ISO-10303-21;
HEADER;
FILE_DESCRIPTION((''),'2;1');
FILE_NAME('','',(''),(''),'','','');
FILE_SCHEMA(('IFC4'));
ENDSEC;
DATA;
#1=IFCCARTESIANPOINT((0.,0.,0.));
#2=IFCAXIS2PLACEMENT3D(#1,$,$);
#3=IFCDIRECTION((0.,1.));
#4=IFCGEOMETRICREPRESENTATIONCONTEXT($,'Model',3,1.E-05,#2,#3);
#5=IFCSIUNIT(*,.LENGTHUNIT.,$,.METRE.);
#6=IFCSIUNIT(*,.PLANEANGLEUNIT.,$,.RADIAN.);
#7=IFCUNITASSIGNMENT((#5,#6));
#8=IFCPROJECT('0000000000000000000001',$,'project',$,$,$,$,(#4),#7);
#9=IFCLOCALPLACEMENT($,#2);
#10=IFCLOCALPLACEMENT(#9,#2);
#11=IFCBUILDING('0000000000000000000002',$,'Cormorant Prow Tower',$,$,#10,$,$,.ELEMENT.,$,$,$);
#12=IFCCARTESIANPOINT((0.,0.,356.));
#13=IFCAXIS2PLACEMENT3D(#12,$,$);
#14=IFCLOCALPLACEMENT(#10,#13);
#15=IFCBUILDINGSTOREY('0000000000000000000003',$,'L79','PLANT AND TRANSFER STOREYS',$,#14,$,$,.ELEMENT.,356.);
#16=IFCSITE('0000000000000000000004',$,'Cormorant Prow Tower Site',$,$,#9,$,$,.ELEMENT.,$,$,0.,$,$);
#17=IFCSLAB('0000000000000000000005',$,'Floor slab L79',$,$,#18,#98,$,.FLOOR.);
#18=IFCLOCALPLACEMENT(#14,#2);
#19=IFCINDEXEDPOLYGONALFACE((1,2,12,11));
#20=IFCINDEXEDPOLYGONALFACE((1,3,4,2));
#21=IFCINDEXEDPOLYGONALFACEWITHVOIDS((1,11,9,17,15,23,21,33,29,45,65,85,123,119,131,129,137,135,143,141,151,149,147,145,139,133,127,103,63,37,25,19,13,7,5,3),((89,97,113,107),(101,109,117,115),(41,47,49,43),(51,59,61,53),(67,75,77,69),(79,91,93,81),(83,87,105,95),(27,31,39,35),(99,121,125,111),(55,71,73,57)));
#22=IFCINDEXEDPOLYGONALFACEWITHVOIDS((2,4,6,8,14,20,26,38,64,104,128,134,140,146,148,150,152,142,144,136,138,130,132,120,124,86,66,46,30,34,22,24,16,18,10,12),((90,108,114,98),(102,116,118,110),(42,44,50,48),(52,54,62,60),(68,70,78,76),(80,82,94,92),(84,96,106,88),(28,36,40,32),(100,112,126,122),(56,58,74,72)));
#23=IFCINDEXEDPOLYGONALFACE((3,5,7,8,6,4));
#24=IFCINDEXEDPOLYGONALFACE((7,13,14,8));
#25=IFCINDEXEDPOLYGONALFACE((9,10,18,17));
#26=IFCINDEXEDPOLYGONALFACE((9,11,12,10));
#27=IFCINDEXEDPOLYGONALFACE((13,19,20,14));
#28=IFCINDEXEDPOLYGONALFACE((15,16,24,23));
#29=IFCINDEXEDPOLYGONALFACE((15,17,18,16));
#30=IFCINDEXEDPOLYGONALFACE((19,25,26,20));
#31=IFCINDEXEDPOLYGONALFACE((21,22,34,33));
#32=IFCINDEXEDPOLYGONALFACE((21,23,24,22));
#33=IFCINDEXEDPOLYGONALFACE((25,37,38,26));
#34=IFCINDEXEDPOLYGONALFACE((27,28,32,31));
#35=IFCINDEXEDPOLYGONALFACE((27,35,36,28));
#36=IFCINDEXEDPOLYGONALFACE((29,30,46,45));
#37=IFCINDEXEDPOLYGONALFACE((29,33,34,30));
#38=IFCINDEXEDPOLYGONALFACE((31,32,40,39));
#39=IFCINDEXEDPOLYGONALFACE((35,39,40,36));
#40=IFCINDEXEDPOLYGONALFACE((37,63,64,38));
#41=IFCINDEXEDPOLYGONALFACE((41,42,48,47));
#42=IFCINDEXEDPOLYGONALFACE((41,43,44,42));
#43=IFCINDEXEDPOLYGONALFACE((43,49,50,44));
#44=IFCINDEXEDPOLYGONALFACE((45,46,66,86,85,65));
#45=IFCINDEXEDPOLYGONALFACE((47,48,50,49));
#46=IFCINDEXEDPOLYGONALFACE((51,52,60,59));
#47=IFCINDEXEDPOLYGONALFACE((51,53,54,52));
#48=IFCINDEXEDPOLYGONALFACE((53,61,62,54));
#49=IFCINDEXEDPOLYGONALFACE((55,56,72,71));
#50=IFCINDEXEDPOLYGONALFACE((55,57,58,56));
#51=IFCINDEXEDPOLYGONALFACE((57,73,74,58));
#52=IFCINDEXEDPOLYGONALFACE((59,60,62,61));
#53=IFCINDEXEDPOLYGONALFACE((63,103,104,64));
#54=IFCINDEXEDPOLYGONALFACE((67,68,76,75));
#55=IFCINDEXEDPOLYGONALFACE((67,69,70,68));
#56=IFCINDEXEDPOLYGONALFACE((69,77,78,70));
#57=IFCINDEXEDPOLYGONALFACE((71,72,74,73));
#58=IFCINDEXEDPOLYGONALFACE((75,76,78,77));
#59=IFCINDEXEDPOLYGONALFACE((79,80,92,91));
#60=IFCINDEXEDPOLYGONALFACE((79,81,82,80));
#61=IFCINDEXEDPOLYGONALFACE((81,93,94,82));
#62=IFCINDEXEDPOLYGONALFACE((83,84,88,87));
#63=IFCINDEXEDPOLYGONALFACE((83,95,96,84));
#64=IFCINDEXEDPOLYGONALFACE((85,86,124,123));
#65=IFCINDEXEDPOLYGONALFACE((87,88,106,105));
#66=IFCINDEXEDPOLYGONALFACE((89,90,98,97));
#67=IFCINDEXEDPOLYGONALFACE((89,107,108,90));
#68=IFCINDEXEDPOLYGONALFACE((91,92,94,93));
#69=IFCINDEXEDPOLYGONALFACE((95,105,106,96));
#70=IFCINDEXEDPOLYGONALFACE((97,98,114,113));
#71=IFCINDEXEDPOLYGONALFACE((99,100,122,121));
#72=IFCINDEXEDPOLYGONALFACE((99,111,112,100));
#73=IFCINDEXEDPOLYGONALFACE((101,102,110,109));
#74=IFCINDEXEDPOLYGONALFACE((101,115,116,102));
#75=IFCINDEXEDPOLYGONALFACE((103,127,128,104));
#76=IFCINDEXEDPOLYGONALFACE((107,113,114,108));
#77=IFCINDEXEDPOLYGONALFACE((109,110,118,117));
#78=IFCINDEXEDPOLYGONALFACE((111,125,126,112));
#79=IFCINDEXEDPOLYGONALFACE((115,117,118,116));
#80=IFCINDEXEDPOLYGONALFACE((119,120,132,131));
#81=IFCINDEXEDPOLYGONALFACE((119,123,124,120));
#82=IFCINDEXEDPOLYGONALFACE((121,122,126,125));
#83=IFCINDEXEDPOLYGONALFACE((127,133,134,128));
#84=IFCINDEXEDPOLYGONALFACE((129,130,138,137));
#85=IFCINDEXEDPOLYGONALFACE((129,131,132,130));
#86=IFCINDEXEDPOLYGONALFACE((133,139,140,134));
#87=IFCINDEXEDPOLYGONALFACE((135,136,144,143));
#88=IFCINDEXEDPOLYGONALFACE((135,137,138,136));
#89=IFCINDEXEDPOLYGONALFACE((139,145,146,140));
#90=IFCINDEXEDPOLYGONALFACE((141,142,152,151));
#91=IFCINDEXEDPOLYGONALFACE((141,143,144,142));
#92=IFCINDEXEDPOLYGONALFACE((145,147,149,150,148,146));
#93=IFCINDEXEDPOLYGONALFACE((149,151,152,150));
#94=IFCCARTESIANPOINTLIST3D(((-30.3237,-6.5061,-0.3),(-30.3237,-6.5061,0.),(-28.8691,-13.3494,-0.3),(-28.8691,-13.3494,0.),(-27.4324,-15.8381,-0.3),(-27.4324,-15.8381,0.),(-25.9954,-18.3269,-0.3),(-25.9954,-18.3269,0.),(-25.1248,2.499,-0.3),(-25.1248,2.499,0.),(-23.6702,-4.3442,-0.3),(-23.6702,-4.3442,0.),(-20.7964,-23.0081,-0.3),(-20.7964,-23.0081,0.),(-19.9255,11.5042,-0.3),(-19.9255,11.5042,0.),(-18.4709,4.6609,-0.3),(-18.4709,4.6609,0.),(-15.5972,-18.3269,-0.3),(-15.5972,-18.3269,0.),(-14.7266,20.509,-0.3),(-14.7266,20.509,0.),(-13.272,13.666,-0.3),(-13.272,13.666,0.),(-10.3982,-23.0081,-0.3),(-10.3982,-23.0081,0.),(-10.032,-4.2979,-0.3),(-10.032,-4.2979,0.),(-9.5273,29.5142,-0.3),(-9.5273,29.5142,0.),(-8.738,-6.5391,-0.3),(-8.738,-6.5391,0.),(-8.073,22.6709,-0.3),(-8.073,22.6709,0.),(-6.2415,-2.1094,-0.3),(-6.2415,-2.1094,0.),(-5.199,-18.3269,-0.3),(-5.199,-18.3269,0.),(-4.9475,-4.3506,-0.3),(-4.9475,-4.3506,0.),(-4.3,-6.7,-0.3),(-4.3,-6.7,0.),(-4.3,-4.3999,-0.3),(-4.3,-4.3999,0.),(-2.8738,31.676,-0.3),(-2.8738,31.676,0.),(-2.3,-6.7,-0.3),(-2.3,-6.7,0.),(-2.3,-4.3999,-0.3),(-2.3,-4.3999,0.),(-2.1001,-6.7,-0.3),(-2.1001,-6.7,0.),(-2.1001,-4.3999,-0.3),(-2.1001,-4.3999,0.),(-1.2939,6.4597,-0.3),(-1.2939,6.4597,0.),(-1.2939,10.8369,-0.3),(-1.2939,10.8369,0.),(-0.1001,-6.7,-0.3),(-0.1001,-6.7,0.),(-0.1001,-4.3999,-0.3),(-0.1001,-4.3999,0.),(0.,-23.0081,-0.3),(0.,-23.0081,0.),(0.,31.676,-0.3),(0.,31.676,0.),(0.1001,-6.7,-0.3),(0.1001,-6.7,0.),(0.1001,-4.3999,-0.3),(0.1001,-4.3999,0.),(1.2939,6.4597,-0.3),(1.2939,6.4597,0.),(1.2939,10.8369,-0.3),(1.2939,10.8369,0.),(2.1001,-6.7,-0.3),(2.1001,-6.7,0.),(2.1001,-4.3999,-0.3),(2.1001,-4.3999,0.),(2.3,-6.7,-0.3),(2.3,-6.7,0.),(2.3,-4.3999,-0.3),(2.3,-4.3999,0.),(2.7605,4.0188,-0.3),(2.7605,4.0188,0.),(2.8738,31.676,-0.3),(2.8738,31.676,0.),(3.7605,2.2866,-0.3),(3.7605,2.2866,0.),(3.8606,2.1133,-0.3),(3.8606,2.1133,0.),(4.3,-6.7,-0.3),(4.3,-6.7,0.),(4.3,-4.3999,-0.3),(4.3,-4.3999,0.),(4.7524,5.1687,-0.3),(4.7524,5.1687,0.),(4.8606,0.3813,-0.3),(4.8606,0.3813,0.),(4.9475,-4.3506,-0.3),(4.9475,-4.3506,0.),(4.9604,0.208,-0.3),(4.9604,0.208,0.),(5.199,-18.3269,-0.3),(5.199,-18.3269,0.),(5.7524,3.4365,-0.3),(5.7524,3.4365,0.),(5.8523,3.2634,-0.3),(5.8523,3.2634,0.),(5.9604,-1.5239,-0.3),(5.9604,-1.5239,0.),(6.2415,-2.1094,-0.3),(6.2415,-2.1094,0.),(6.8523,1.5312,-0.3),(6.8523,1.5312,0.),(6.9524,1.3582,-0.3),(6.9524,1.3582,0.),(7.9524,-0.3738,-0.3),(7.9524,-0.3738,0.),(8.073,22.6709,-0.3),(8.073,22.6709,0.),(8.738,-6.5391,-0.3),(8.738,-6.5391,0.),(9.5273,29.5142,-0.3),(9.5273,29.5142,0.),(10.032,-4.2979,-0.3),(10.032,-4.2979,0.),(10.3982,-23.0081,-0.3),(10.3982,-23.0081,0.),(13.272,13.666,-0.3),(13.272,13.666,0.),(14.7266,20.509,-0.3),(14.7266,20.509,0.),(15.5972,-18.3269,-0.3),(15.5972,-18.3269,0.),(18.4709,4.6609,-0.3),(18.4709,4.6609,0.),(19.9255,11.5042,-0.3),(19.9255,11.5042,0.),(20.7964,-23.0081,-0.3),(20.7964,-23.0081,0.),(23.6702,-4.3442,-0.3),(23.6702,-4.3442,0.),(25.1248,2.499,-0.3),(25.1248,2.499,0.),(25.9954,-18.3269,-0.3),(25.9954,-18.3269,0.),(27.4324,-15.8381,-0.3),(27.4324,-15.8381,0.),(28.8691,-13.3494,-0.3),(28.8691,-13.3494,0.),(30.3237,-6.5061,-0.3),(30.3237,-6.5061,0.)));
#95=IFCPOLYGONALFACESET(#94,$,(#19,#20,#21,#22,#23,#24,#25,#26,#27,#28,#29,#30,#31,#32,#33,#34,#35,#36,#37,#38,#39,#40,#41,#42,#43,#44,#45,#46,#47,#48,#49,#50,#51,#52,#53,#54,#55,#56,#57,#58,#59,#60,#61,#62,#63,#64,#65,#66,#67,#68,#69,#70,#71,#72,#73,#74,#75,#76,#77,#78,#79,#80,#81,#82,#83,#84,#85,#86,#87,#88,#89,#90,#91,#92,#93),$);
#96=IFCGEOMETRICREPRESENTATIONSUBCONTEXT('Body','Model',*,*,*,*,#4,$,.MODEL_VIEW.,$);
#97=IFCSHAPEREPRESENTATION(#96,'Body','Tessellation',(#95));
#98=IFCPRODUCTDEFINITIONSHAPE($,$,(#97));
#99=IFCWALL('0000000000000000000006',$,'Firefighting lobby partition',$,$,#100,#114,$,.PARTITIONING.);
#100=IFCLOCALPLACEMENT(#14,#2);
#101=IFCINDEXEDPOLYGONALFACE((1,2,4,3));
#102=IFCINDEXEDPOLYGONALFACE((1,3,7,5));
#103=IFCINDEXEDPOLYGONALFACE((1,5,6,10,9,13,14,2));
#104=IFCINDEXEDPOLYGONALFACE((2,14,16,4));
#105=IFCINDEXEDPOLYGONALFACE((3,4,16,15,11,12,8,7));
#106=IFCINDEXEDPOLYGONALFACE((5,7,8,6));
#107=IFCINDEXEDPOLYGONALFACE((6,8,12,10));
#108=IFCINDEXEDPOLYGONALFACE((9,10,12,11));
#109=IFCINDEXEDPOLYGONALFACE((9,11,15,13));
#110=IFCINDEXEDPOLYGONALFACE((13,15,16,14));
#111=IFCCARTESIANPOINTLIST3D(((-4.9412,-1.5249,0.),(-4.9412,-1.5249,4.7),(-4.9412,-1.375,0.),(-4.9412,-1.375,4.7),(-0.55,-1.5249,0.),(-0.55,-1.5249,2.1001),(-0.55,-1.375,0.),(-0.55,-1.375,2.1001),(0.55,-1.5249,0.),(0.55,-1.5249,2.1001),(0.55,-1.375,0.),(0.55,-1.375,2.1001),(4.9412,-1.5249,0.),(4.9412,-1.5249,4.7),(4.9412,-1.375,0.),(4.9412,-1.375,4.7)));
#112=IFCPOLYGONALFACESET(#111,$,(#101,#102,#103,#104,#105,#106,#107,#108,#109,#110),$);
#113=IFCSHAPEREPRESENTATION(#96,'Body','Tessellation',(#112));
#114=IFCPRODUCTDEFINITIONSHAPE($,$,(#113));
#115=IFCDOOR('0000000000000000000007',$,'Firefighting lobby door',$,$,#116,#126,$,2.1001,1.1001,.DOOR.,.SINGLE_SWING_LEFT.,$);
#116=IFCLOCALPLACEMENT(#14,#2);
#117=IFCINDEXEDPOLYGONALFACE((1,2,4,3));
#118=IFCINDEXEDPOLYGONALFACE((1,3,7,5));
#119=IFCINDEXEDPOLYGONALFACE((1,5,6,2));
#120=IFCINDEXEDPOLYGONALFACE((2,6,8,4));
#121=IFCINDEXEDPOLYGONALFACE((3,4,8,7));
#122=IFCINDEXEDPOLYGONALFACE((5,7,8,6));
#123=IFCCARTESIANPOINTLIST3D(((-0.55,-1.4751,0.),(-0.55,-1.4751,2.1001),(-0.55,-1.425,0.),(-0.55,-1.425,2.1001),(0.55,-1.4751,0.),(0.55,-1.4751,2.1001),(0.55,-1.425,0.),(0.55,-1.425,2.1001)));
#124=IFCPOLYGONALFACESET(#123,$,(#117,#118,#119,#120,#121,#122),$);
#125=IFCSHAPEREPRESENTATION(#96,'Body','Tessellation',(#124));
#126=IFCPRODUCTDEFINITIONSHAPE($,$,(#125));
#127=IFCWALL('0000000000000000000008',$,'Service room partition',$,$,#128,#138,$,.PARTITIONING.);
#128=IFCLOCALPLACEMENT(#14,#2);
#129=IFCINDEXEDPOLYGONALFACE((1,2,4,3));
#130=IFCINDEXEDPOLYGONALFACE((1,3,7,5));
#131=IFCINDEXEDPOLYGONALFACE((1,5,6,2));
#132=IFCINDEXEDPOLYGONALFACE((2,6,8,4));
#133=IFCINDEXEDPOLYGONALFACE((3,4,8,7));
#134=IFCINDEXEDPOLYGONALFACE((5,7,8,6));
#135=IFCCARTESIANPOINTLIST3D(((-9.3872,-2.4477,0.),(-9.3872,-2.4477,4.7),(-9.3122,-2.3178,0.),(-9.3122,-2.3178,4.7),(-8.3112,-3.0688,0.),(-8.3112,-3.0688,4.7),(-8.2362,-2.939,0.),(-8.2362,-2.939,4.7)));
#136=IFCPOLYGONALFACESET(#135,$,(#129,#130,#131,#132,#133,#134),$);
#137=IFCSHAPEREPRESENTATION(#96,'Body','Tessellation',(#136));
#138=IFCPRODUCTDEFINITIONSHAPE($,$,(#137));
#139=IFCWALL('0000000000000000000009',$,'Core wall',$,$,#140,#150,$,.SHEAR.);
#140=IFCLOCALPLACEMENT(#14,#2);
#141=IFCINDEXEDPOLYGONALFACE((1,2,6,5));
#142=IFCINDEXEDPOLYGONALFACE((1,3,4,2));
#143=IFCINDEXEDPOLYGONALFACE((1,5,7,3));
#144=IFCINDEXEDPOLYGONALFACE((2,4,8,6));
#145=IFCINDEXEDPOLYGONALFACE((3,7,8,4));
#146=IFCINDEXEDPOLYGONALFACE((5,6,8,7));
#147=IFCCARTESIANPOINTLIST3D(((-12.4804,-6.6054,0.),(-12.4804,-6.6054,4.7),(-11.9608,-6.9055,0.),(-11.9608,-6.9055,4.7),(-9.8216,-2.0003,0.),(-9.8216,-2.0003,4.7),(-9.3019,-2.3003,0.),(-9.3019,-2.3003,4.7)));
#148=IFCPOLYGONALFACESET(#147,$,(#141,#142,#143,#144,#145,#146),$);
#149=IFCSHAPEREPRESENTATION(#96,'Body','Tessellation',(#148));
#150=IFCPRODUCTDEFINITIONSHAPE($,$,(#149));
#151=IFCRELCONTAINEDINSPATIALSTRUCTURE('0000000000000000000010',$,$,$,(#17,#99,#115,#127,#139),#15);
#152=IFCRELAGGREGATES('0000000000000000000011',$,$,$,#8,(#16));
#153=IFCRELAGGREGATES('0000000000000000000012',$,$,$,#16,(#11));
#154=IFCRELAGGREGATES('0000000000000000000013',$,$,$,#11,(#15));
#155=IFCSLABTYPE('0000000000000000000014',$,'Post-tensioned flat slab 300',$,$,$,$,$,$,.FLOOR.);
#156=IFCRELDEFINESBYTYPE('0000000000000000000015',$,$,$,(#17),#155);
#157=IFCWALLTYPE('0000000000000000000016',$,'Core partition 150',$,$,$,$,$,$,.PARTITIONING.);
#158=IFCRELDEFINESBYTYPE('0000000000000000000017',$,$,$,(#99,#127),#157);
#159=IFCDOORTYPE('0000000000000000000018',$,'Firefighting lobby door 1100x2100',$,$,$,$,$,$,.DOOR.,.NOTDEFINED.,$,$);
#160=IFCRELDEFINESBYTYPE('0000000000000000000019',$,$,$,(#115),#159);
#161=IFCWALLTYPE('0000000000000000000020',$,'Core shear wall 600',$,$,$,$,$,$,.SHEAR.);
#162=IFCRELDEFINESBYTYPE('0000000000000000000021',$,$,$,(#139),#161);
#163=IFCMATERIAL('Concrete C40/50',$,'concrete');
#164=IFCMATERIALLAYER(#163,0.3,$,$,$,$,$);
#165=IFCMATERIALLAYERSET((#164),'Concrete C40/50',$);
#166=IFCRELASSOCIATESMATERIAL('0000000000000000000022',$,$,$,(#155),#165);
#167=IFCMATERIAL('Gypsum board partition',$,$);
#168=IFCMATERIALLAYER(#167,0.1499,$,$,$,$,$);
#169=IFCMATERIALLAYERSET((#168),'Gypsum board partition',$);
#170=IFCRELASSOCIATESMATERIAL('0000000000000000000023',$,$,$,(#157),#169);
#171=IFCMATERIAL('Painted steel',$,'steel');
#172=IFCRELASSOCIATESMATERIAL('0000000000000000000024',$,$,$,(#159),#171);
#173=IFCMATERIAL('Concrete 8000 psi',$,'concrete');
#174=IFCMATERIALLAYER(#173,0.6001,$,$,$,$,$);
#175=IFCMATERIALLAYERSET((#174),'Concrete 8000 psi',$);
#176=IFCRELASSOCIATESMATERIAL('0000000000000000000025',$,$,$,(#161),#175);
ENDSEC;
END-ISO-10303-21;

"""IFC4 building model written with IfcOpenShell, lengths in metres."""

from ifc_helpers import new_model, si_unit, direction, frame, frame_2d, origin, place, context, subcontext, project, spatial, polyline, rectangle, outline, extrude, material, layer, layer_set, type_object, element, fill, save


model = new_model("IFC4")

# Units and contexts
model_context = context("Model", 3, precision=1e-05, world=origin(), true_north=direction((0.0, 1.0)))
body_context = subcontext(model_context, "Body", "Model", "MODEL_VIEW")
ifc_project = project(units=[si_unit("LENGTHUNIT", "METRE"), si_unit("PLANEANGLEUNIT", "RADIAN")], contexts=[model_context])

# Site, building, storey
site_placement = place(None, origin())
site = spatial("IfcSite", under=ifc_project, at=site_placement, Name="Cormorant Prow Tower Site", CompositionType="ELEMENT", RefElevation=0.0)
building_placement = place(site_placement, origin())
building = spatial("IfcBuilding", under=site, at=building_placement, Name="Cormorant Prow Tower", CompositionType="ELEMENT")
storey_placement = place(building_placement, frame((0.0, 0.0, 356.0)))
storey = spatial("IfcBuildingStorey", under=building, at=storey_placement, Name="L79", Description="PLANT AND TRANSFER STOREYS", CompositionType="ELEMENT", Elevation=356.0)

# Slab
ifc_material_1 = material(Name="Concrete C40/50", Category="concrete")
ifc_layer_1 = layer(ifc_material_1, 0.3)
ifc_layer_set_1 = layer_set([ifc_layer_1], Name="Concrete C40/50")
slab_type = type_object("IfcSlabType", Name="Post-tensioned flat slab 300", PredefinedType="FLOOR", material=ifc_layer_set_1)
slab_placement = place(storey_placement, frame((0.0, 0.0, -0.3)))
element("IfcSlab", 1, at=slab_placement, inside=storey, type_object=slab_type, Name="Floor slab L79", PredefinedType="FLOOR", context=body_context, shape_type="SweptSolid", body=[
    extrude(outline(polyline([(-8.073, 22.6709), (-14.7266, 20.509), (-13.272, 13.666), (-19.9255, 11.5042), (-18.4709, 4.6609), (-25.1248, 2.499), (-23.6702, -4.3442), (-30.3237, -6.5061), (-28.8691, -13.3494), (-27.4324, -15.8381), (-25.9954, -18.3269), (-20.7964, -23.0081), (-15.5972, -18.3269), (-10.3982, -23.0081), (-5.199, -18.3269), (0.0, -23.0081), (5.199, -18.3269), (10.3982, -23.0081), (15.5972, -18.3269), (20.7964, -23.0081), (25.9954, -18.3269), (27.4324, -15.8381), (28.8691, -13.3494), (30.3237, -6.5061), (23.6702, -4.3442), (25.1248, 2.499), (18.4709, 4.6609), (19.9255, 11.5042), (13.272, 13.666), (14.7266, 20.509), (8.073, 22.6709), (9.5273, 29.5142), (2.8738, 31.676), (0.0, 31.676), (-2.8738, 31.676), (-9.5273, 29.5142), (-8.073, 22.6709)]), holes=[polyline([(-4.3, -4.3999), (-2.3, -4.3999), (-2.3, -6.7), (-4.3, -6.7), (-4.3, -4.3999)]), polyline([(-0.1001, -4.3999), (-0.1001, -6.7), (-2.1001, -6.7), (-2.1001, -4.3999), (-0.1001, -4.3999)]), polyline([(2.1001, -6.7), (0.1001, -6.7), (0.1001, -4.3999), (2.1001, -4.3999), (2.1001, -6.7)]), polyline([(2.3, -6.7), (2.3, -4.3999), (4.3, -4.3999), (4.3, -6.7), (2.3, -6.7)]), polyline([(5.9604, -1.5239), (4.9604, 0.208), (6.9524, 1.3582), (7.9524, -0.3738), (5.9604, -1.5239)]), polyline([(3.8606, 2.1133), (5.8523, 3.2634), (6.8523, 1.5312), (4.8606, 0.3813), (3.8606, 2.1133)]), polyline([(4.7524, 5.1687), (5.7524, 3.4365), (3.7605, 2.2866), (2.7605, 4.0188), (4.7524, 5.1687)]), polyline([(-4.9475, -4.3506), (-8.738, -6.5391), (-10.032, -4.2979), (-6.2415, -2.1094), (-4.9475, -4.3506)]), polyline([(10.032, -4.2979), (8.738, -6.5391), (4.9475, -4.3506), (6.2415, -2.1094), (10.032, -4.2979)]), polyline([(1.2939, 10.8369), (1.2939, 6.4597), (-1.2939, 6.4597), (-1.2939, 10.8369), (1.2939, 10.8369)])]), origin(), (0.0, 0.0, 1.0), 0.3),
])

# Wall, opening, door
ifc_material_2 = material(Name="Gypsum board partition")
ifc_layer_2 = layer(ifc_material_2, 0.1499)
ifc_layer_set_2 = layer_set([ifc_layer_2], Name="Gypsum board partition")
wall_type_1 = type_object("IfcWallType", Name="Core partition 150", PredefinedType="PARTITIONING", material=ifc_layer_set_2)
wall_1_placement = place(storey_placement, frame((-4.9412, -1.45, 0.0), z_axis=(0.0, 0.0, 1.0), x_axis=(1.0, 0.0, 0.0)))
wall_1 = element("IfcWall", 2, at=wall_1_placement, inside=storey, type_object=wall_type_1, Name="Firefighting lobby partition", PredefinedType="PARTITIONING", context=body_context, shape_type="SweptSolid", body=[
    extrude(rectangle(XDim=9.8823, YDim=0.1499, at=frame_2d((4.9412, 0.0))), origin(), (0.0, 0.0, 1.0), 4.7),
])
opening_1_placement = place(wall_1_placement, frame((4.3911, 0.0, 0.0)))
opening_1 = element("IfcOpeningElement", 3, at=opening_1_placement, cuts=wall_1, PredefinedType="OPENING", context=body_context, shape_type="SweptSolid", body=[
    extrude(rectangle(XDim=1.1001, YDim=2.1001, at=frame_2d((0.55, 1.05))), frame((0.0, 0.085, 0.0), z_axis=(0.0, -1.0, 0.0), x_axis=(1.0, 0.0, 0.0)), (0.0, 0.0, 1.0), 0.1699),
])
ifc_material_3 = material(Name="Painted steel", Category="steel")
door_type_1 = type_object("IfcDoorType", Name="Firefighting lobby door 1100x2100", OperationType="NOTDEFINED", PredefinedType="DOOR", material=ifc_material_3)
door_1_placement = place(opening_1_placement, origin())
door_1 = element("IfcDoor", 4, at=door_1_placement, inside=storey, type_object=door_type_1, Name="Firefighting lobby door", OperationType="SINGLE_SWING_LEFT", OverallHeight=2.1001, OverallWidth=1.1001, PredefinedType="DOOR", context=body_context, shape_type="SweptSolid", body=[
    extrude(rectangle(XDim=1.1001, YDim=2.1001, at=frame_2d((0.55, 1.05))), frame((0.0, 0.0249, 0.0), z_axis=(0.0, -1.0, 0.0), x_axis=(1.0, 0.0, 0.0)), (0.0, 0.0, 1.0), 0.05),
])
fill(opening_1, door_1)

# Walls
wall_2_placement = place(storey_placement, frame((-9.3496, -2.3828, 0.0), z_axis=(0.0, 0.0, 1.0), x_axis=(0.866058, -0.499944, 0.0)))
element("IfcWall", 5, at=wall_2_placement, inside=storey, type_object=wall_type_1, Name="Service room partition", PredefinedType="PARTITIONING", context=body_context, shape_type="SweptSolid", body=[
    extrude(rectangle(XDim=1.2424, YDim=0.1499, at=frame_2d((0.6211, 0.0))), origin(), (0.0, 0.0, 1.0), 4.7),
])
ifc_material_4 = material(Name="Concrete 8000 psi", Category="concrete")
ifc_layer_3 = layer(ifc_material_4, 0.6001)
ifc_layer_set_3 = layer_set([ifc_layer_3], Name="Concrete 8000 psi")
wall_type_2 = type_object("IfcWallType", Name="Core shear wall 600", PredefinedType="SHEAR", material=ifc_layer_set_3)
wall_3_placement = place(storey_placement, frame((-9.5618, -2.1504, 0.0), z_axis=(0.0, 0.0, 1.0), x_axis=(-0.500015, -0.866017, 0.0)))
element("IfcWall", 6, at=wall_3_placement, inside=storey, type_object=wall_type_2, Name="Core wall", PredefinedType="SHEAR", context=body_context, shape_type="SweptSolid", body=[
    extrude(rectangle(XDim=5.3176, YDim=0.6001, at=frame_2d((2.6587, 0.0))), origin(), (0.0, 0.0, 1.0), 4.7),
])

save(model, "model.ifc")
